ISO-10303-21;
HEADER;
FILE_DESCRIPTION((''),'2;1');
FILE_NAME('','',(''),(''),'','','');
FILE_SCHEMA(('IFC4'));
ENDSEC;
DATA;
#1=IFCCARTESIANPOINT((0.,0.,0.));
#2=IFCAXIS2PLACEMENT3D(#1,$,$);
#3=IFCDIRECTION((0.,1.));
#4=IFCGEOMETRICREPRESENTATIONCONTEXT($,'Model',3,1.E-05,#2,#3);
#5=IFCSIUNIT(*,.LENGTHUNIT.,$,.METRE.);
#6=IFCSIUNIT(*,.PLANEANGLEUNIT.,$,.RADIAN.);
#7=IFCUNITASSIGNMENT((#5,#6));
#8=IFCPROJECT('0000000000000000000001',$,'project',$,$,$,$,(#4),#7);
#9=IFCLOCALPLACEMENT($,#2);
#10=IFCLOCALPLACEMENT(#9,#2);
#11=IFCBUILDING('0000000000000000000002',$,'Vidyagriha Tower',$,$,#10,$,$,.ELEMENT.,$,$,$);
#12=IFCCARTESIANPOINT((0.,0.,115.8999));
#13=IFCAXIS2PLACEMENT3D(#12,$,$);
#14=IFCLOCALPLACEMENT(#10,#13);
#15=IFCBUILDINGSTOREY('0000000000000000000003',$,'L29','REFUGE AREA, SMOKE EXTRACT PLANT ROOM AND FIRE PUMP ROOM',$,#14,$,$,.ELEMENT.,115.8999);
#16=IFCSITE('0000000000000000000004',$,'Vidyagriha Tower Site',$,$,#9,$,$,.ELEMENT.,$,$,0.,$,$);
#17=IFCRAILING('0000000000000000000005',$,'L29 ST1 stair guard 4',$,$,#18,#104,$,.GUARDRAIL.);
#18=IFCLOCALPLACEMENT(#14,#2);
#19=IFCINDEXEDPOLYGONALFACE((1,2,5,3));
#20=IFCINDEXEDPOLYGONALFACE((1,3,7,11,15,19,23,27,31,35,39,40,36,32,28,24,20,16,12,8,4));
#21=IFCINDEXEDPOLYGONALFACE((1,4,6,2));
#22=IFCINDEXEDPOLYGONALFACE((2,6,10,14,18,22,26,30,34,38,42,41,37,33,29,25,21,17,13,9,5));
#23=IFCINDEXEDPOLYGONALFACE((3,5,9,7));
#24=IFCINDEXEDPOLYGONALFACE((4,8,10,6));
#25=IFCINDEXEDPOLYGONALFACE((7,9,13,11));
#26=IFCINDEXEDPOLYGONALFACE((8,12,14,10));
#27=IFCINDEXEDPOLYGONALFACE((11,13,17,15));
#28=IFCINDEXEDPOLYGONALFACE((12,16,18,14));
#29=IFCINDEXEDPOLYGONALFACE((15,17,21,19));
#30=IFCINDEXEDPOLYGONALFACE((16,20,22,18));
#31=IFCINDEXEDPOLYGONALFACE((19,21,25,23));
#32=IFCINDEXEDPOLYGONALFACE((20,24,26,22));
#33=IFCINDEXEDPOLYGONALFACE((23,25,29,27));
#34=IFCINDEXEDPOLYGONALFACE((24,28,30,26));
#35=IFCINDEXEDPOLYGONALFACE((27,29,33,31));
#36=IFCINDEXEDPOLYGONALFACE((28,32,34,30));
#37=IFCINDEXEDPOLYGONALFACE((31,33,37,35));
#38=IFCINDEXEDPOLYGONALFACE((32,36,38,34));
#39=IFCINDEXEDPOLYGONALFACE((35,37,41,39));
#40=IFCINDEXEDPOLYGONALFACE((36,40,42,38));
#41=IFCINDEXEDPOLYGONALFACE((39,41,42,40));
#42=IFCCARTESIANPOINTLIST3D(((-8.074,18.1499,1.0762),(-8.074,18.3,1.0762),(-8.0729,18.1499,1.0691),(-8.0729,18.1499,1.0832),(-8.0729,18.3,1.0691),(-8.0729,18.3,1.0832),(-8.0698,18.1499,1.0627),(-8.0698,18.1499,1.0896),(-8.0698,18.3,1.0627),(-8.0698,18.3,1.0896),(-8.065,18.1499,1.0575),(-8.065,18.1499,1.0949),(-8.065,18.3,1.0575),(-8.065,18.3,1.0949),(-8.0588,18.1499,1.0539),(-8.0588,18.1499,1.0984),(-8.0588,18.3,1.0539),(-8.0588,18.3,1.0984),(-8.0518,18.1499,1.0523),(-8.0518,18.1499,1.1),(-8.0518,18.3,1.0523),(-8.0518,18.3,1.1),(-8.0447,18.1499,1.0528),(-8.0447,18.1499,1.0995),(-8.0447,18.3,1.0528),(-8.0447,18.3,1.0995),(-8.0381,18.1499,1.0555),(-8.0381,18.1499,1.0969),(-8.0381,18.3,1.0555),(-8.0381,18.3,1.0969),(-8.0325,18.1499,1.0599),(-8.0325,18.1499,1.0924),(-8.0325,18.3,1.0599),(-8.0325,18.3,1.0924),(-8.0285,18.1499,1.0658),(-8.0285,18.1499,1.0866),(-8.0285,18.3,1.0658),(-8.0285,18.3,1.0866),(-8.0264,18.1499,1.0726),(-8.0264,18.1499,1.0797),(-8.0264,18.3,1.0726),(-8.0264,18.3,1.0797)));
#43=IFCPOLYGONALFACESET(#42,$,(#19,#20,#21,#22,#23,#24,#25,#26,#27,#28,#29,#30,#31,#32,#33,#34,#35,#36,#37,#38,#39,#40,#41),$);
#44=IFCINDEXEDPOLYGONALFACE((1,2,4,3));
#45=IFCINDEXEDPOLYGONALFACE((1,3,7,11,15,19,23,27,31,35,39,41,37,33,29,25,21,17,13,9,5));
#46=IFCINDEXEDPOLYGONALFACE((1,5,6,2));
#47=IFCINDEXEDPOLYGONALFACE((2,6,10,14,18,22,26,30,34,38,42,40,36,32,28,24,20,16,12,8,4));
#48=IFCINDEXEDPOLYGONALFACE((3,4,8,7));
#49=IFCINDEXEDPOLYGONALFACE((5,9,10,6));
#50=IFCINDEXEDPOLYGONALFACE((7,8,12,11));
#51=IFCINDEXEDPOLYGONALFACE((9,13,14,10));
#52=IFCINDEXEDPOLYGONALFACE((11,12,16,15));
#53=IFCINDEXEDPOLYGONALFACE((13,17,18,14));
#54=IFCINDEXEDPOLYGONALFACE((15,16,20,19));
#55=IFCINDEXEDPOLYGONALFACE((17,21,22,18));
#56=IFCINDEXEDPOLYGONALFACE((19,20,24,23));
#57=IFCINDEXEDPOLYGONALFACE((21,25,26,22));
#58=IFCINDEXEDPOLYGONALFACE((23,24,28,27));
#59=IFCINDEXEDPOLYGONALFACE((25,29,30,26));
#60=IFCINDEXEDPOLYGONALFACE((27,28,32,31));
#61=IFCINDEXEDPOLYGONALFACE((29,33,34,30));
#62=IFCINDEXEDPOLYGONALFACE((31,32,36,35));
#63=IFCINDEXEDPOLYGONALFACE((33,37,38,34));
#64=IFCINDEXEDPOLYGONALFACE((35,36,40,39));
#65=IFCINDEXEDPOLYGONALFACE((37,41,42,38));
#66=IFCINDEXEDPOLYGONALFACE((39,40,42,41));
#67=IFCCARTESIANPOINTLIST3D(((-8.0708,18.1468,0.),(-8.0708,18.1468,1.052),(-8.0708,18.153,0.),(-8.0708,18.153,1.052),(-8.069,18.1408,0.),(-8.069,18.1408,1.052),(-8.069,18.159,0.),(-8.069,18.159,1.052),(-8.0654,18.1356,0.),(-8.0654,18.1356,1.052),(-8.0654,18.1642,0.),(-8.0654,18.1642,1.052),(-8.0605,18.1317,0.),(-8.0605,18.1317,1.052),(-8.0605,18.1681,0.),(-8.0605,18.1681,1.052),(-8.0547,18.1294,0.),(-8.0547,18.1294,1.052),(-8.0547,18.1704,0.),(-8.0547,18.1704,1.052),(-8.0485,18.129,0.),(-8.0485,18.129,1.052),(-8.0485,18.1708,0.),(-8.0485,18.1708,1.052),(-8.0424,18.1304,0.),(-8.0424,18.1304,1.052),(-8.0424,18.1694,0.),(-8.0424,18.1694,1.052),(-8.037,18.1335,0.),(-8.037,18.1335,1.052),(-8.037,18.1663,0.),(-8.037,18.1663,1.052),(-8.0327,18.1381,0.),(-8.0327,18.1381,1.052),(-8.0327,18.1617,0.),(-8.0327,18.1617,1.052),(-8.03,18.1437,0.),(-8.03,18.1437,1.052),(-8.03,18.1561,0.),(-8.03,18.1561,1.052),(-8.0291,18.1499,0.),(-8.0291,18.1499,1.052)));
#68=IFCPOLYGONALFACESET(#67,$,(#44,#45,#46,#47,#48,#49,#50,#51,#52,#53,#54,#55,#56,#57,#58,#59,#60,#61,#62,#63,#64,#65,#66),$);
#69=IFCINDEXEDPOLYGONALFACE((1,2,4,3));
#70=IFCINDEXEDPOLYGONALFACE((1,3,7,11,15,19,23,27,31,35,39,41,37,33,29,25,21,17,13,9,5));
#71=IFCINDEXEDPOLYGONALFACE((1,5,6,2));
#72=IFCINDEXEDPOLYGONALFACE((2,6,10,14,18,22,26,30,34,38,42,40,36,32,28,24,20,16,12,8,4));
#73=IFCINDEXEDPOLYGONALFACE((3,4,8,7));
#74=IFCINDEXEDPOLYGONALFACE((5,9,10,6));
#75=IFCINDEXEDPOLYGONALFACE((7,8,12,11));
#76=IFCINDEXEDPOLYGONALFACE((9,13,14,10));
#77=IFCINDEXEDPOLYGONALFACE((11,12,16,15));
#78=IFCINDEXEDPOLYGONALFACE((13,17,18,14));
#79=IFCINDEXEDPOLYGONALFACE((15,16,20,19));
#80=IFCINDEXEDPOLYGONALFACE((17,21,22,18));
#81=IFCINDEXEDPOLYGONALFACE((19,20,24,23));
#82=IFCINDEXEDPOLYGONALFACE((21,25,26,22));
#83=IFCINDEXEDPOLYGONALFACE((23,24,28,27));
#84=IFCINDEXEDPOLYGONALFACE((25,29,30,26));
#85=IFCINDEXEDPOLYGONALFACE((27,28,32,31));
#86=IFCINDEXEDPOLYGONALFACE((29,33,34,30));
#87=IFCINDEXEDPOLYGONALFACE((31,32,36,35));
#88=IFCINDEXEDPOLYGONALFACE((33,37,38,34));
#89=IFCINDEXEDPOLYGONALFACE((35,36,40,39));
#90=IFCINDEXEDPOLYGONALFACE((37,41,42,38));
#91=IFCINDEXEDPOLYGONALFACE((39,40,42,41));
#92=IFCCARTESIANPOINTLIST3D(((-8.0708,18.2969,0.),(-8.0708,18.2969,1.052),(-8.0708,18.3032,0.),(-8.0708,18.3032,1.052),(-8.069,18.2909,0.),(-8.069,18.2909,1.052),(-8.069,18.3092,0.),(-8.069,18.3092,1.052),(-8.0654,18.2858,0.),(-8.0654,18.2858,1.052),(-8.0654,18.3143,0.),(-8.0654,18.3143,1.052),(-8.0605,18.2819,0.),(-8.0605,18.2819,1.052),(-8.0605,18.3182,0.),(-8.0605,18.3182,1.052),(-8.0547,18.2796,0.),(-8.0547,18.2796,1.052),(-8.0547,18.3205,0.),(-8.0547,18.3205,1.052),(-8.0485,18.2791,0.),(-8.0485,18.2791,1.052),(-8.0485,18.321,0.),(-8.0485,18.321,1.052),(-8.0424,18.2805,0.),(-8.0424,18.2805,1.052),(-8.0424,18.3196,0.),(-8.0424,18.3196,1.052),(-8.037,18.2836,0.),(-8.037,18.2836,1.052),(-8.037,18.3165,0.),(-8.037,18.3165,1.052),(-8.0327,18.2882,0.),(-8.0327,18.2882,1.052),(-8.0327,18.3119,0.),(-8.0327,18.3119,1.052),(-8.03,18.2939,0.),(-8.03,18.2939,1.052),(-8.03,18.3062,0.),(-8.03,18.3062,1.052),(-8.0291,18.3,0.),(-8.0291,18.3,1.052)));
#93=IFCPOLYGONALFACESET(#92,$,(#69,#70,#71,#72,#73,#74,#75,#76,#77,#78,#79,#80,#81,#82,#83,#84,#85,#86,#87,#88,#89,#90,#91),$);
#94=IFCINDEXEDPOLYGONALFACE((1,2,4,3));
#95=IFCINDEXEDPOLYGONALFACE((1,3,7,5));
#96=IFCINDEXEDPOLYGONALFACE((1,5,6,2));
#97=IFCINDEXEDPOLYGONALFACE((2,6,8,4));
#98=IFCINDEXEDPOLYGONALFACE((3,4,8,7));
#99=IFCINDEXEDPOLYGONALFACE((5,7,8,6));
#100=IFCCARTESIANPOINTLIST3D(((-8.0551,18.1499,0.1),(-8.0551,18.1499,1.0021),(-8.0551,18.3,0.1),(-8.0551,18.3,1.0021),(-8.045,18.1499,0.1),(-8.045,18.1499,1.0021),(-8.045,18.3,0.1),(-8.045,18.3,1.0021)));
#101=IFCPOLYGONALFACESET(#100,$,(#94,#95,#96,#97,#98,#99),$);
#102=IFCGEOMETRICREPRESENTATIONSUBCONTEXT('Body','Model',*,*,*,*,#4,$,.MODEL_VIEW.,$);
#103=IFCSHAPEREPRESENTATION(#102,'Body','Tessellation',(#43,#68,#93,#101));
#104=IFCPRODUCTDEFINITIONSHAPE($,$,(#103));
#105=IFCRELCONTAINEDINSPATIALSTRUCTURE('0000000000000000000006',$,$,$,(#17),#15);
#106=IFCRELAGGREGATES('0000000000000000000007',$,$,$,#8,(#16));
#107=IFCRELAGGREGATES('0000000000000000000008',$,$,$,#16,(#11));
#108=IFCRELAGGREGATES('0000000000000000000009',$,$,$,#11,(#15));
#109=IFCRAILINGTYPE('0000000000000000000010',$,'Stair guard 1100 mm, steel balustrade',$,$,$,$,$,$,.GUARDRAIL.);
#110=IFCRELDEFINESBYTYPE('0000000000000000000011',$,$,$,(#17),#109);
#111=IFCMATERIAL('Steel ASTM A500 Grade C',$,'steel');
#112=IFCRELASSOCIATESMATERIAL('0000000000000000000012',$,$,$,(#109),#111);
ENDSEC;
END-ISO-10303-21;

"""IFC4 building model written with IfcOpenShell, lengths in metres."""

from ifc_helpers import new_model, si_unit, direction, frame, origin, origin_2d, place, context, subcontext, project, spatial, rectangle, circle, extrude, material, type_object, element, save


model = new_model("IFC4")

# Units and contexts
model_context = context("Model", 3, precision=1e-05, world=origin(), true_north=direction((0.0, 1.0)))
body_context = subcontext(model_context, "Body", "Model", "MODEL_VIEW")
ifc_project = project(units=[si_unit("LENGTHUNIT", "METRE"), si_unit("PLANEANGLEUNIT", "RADIAN")], contexts=[model_context])

# Site, building, storey
site_placement = place(None, origin())
site = spatial("IfcSite", under=ifc_project, at=site_placement, Name="Vidyagriha Tower Site", CompositionType="ELEMENT", RefElevation=0.0)
building_placement = place(site_placement, origin())
building = spatial("IfcBuilding", under=site, at=building_placement, Name="Vidyagriha Tower", CompositionType="ELEMENT")
storey_placement = place(building_placement, frame((0.0, 0.0, 115.8999)))
storey = spatial("IfcBuildingStorey", under=building, at=storey_placement, Name="L29", Description="REFUGE AREA, SMOKE EXTRACT PLANT ROOM AND FIRE PUMP ROOM", CompositionType="ELEMENT", Elevation=115.8999)

# Railing
ifc_material_1 = material(Name="Steel ASTM A500 Grade C", Category="steel")
railing_type_1 = type_object("IfcRailingType", Name="Stair guard 1100 mm, steel balustrade", PredefinedType="GUARDRAIL", material=ifc_material_1)
railing_1_placement = place(storey_placement, frame((-8.05, 18.1499, 0.0)))
element("IfcRailing", 1, at=railing_1_placement, inside=storey, type_object=railing_type_1, Name="L29 ST1 stair guard 4", PredefinedType="GUARDRAIL", context=body_context, shape_type="SweptSolid", body=[
    extrude(circle(Radius=0.0239, at=origin_2d()), frame((0.0, 0.0, 1.0762), z_axis=(0.0, 1.0, 0.0), x_axis=(-1.0, 0.0, 0.0)), (0.0, 0.0, 1.0), 0.1501),
    extrude(circle(Radius=0.021, at=origin_2d()), origin(), (0.0, 0.0, 1.0), 1.052),
    extrude(circle(Radius=0.021, at=origin_2d()), frame((0.0, 0.1501, 0.0)), (0.0, 0.0, 1.0), 1.052),
    extrude(rectangle(XDim=0.01, YDim=0.9021, at=origin_2d()), frame((0.0, 0.0, 0.551), z_axis=(0.0, 1.0, 0.0), x_axis=(-1.0, 0.0, 0.0)), (0.0, 0.0, 1.0), 0.1501),
])

save(model, "model.ifc")
